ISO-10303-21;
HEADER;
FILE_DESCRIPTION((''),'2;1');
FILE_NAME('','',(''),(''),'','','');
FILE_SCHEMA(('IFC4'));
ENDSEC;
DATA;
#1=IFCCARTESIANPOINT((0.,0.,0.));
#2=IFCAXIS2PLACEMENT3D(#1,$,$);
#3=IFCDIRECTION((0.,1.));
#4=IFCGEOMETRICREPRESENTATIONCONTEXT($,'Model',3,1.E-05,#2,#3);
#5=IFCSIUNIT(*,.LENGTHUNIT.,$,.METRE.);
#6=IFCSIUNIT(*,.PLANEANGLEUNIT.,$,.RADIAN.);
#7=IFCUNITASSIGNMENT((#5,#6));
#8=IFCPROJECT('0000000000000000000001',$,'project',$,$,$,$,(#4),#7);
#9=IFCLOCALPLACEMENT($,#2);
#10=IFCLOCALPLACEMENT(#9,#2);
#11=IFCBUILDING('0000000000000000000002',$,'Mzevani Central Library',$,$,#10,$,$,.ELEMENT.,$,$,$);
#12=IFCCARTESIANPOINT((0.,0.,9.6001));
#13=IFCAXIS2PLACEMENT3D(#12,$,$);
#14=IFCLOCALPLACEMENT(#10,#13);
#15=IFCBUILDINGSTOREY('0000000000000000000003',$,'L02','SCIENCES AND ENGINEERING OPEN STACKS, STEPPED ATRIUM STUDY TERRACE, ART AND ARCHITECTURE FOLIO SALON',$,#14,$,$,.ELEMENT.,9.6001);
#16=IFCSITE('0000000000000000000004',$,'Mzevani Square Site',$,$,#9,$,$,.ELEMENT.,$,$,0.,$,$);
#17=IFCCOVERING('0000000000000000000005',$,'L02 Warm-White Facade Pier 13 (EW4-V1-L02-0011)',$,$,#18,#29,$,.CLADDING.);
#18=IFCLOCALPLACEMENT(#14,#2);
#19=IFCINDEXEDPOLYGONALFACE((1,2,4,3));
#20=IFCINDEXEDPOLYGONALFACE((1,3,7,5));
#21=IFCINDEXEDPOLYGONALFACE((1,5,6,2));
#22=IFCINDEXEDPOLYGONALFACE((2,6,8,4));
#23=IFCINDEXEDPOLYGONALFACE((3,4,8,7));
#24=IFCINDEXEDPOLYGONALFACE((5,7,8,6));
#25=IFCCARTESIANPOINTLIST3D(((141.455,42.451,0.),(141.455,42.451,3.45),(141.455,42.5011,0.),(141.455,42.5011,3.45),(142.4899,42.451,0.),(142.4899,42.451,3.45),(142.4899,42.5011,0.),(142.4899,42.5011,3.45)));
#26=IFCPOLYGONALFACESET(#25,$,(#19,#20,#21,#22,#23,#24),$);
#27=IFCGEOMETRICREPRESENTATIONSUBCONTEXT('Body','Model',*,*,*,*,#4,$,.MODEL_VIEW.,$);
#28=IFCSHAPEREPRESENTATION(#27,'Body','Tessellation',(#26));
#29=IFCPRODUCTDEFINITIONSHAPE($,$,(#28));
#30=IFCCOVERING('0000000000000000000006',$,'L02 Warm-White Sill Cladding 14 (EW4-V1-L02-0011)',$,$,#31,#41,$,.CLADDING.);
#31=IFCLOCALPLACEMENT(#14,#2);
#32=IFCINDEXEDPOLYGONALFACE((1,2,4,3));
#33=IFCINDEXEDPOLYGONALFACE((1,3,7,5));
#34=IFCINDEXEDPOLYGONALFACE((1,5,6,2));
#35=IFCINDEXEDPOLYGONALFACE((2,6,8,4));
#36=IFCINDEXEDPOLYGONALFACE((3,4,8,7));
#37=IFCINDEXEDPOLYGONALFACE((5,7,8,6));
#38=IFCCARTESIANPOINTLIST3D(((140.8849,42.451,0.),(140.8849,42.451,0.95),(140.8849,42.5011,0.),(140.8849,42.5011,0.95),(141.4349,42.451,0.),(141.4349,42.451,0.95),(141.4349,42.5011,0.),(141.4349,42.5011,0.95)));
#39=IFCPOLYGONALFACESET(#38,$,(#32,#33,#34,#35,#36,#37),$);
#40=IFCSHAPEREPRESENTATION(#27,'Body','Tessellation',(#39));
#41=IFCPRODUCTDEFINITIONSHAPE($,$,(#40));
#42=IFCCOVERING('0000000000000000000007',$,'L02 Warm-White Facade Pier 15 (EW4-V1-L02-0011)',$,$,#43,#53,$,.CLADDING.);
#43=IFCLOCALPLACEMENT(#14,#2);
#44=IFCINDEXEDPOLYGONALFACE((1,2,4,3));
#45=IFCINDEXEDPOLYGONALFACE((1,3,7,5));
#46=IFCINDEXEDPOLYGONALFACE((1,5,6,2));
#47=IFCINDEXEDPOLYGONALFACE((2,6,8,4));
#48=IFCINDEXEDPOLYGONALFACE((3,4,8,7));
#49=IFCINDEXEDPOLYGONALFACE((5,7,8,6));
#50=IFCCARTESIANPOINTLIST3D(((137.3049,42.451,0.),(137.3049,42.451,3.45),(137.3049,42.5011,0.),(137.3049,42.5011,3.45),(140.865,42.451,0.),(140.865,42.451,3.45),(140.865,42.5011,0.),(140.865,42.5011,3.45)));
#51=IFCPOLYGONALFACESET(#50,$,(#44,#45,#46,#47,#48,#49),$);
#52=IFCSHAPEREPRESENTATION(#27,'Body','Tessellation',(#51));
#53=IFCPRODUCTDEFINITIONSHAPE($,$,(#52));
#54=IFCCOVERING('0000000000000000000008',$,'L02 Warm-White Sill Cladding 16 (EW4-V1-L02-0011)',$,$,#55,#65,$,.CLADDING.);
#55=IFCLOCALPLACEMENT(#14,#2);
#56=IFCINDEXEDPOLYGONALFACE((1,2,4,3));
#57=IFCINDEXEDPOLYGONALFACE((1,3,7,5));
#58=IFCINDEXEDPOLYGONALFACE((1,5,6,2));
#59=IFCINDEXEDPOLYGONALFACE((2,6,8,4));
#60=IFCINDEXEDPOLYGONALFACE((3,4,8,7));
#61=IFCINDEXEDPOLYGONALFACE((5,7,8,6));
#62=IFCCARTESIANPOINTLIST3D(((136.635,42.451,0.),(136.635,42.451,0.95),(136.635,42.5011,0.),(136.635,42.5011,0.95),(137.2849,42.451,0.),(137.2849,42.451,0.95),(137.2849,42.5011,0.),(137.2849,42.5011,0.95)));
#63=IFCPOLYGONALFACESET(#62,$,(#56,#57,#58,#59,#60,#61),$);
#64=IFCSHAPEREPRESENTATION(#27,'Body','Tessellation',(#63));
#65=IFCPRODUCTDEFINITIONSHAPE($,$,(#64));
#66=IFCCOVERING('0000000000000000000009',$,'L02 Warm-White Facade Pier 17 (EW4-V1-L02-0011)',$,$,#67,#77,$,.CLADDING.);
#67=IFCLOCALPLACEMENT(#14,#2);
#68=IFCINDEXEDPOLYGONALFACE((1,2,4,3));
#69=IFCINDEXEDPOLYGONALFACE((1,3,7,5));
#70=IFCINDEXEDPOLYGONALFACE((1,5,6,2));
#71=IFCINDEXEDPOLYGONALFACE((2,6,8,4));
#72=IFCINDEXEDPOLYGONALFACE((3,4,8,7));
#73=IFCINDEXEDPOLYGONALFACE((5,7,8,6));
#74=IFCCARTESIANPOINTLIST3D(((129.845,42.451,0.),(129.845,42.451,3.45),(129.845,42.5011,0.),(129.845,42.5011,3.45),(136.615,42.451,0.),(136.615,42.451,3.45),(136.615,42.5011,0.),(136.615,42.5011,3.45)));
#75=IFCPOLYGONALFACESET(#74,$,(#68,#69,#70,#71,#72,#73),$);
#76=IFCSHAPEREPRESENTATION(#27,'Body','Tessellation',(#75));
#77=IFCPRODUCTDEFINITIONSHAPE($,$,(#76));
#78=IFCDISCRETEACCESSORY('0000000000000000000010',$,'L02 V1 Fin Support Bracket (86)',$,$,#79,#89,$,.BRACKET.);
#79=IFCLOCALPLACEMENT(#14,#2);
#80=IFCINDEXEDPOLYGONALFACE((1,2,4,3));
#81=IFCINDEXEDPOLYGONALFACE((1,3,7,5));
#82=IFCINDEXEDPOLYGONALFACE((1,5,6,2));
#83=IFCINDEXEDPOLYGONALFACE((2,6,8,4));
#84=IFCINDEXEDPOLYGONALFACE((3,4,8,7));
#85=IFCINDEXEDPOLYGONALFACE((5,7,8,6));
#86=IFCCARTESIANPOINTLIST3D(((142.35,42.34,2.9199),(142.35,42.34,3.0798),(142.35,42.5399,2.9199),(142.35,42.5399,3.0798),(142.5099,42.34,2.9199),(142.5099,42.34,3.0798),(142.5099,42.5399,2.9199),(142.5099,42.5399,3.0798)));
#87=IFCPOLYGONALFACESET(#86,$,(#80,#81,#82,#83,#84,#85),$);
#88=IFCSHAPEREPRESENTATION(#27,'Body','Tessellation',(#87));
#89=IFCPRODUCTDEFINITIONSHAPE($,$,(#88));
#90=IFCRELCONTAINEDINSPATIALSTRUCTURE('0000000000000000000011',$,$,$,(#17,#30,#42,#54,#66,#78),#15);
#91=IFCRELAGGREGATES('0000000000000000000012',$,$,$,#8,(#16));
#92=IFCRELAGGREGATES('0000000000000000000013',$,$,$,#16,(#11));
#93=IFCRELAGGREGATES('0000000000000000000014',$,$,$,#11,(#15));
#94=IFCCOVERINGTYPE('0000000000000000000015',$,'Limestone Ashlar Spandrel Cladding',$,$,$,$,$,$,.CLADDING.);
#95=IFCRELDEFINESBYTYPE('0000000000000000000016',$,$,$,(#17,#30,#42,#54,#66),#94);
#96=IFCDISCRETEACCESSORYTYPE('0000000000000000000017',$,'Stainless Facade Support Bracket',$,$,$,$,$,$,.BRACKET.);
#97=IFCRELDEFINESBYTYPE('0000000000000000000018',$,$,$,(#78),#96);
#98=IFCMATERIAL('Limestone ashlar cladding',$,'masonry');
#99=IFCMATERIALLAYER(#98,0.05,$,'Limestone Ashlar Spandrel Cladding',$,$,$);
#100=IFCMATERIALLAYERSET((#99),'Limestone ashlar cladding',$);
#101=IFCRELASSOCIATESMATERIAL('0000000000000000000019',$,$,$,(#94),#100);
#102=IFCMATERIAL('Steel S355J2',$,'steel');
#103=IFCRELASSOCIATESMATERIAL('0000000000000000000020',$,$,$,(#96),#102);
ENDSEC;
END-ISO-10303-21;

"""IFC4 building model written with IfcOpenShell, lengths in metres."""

from ifc_helpers import new_model, si_unit, direction, frame, origin, origin_2d, place, context, subcontext, project, spatial, rectangle, extrude, material, layer, layer_set, type_object, element, save


model = new_model("IFC4")

# Units and contexts
model_context = context("Model", 3, precision=1e-05, world=origin(), true_north=direction((0.0, 1.0)))
body_context = subcontext(model_context, "Body", "Model", "MODEL_VIEW")
ifc_project = project(units=[si_unit("LENGTHUNIT", "METRE"), si_unit("PLANEANGLEUNIT", "RADIAN")], contexts=[model_context])

# Site, building, storey
site_placement = place(None, origin())
site = spatial("IfcSite", under=ifc_project, at=site_placement, Name="Mzevani Square Site", CompositionType="ELEMENT", RefElevation=0.0)
building_placement = place(site_placement, origin())
building = spatial("IfcBuilding", under=site, at=building_placement, Name="Mzevani Central Library", CompositionType="ELEMENT")
storey_placement = place(building_placement, frame((0.0, 0.0, 9.6001)))
storey = spatial("IfcBuildingStorey", under=building, at=storey_placement, Name="L02", Description="SCIENCES AND ENGINEERING OPEN STACKS, STEPPED ATRIUM STUDY TERRACE, ART AND ARCHITECTURE FOLIO SALON", CompositionType="ELEMENT", Elevation=9.6001)

# Coverings
ifc_material_1 = material(Name="Limestone ashlar cladding", Category="masonry")
ifc_layer_1 = layer(ifc_material_1, 0.05, Name="Limestone Ashlar Spandrel Cladding")
ifc_layer_set_1 = layer_set([ifc_layer_1], Name="Limestone ashlar cladding")
covering_type = type_object("IfcCoveringType", Name="Limestone Ashlar Spandrel Cladding", PredefinedType="CLADDING", material=ifc_layer_set_1)
covering_1_placement = place(storey_placement, frame((141.9724, 42.4761, 0.0), z_axis=(0.0, 0.0, 1.0), x_axis=(-1.0, 0.0, 0.0)))
element("IfcCovering", 1, at=covering_1_placement, inside=storey, type_object=covering_type, Name="L02 Warm-White Facade Pier 13 (EW4-V1-L02-0011)", PredefinedType="CLADDING", context=body_context, shape_type="SweptSolid", body=[
    extrude(rectangle(XDim=1.0349, YDim=0.05, at=origin_2d()), origin(), (0.0, 0.0, 1.0), 3.45),
])
covering_2_placement = place(storey_placement, frame((141.1599, 42.4761, 0.0), z_axis=(0.0, 0.0, 1.0), x_axis=(-1.0, 0.0, 0.0)))
element("IfcCovering", 2, at=covering_2_placement, inside=storey, type_object=covering_type, Name="L02 Warm-White Sill Cladding 14 (EW4-V1-L02-0011)", PredefinedType="CLADDING", context=body_context, shape_type="SweptSolid", body=[
    extrude(rectangle(XDim=0.55, YDim=0.05, at=origin_2d()), origin(), (0.0, 0.0, 1.0), 0.95),
])
covering_3_placement = place(storey_placement, frame((139.085, 42.4761, 0.0), z_axis=(0.0, 0.0, 1.0), x_axis=(-1.0, 0.0, 0.0)))
element("IfcCovering", 3, at=covering_3_placement, inside=storey, type_object=covering_type, Name="L02 Warm-White Facade Pier 15 (EW4-V1-L02-0011)", PredefinedType="CLADDING", context=body_context, shape_type="SweptSolid", body=[
    extrude(rectangle(XDim=3.5601, YDim=0.05, at=origin_2d()), origin(), (0.0, 0.0, 1.0), 3.45),
])
covering_4_placement = place(storey_placement, frame((136.96, 42.4761, 0.0), z_axis=(0.0, 0.0, 1.0), x_axis=(-1.0, 0.0, 0.0)))
element("IfcCovering", 4, at=covering_4_placement, inside=storey, type_object=covering_type, Name="L02 Warm-White Sill Cladding 16 (EW4-V1-L02-0011)", PredefinedType="CLADDING", context=body_context, shape_type="SweptSolid", body=[
    extrude(rectangle(XDim=0.6499, YDim=0.05, at=origin_2d()), origin(), (0.0, 0.0, 1.0), 0.95),
])
covering_5_placement = place(storey_placement, frame((133.23, 42.4761, 0.0), z_axis=(0.0, 0.0, 1.0), x_axis=(-1.0, 0.0, 0.0)))
element("IfcCovering", 5, at=covering_5_placement, inside=storey, type_object=covering_type, Name="L02 Warm-White Facade Pier 17 (EW4-V1-L02-0011)", PredefinedType="CLADDING", context=body_context, shape_type="SweptSolid", body=[
    extrude(rectangle(XDim=6.77, YDim=0.05, at=origin_2d()), origin(), (0.0, 0.0, 1.0), 3.45),
])

# Discrete accessory
ifc_material_2 = material(Name="Steel S355J2", Category="steel")
discrete_accessory_type = type_object("IfcDiscreteAccessoryType", Name="Stainless Facade Support Bracket", PredefinedType="BRACKET", material=ifc_material_2)
discrete_accessory_placement = place(storey_placement, frame((142.4299, 42.4399, 2.9199), z_axis=(0.0, 0.0, 1.0), x_axis=(-1.0, 0.0, 0.0)))
element("IfcDiscreteAccessory", 6, at=discrete_accessory_placement, inside=storey, type_object=discrete_accessory_type, Name="L02 V1 Fin Support Bracket (86)", PredefinedType="BRACKET", context=body_context, shape_type="SweptSolid", body=[
    extrude(rectangle(XDim=0.1599, YDim=0.2, at=origin_2d()), origin(), (0.0, 0.0, 1.0), 0.1599),
])

save(model, "model.ifc")
